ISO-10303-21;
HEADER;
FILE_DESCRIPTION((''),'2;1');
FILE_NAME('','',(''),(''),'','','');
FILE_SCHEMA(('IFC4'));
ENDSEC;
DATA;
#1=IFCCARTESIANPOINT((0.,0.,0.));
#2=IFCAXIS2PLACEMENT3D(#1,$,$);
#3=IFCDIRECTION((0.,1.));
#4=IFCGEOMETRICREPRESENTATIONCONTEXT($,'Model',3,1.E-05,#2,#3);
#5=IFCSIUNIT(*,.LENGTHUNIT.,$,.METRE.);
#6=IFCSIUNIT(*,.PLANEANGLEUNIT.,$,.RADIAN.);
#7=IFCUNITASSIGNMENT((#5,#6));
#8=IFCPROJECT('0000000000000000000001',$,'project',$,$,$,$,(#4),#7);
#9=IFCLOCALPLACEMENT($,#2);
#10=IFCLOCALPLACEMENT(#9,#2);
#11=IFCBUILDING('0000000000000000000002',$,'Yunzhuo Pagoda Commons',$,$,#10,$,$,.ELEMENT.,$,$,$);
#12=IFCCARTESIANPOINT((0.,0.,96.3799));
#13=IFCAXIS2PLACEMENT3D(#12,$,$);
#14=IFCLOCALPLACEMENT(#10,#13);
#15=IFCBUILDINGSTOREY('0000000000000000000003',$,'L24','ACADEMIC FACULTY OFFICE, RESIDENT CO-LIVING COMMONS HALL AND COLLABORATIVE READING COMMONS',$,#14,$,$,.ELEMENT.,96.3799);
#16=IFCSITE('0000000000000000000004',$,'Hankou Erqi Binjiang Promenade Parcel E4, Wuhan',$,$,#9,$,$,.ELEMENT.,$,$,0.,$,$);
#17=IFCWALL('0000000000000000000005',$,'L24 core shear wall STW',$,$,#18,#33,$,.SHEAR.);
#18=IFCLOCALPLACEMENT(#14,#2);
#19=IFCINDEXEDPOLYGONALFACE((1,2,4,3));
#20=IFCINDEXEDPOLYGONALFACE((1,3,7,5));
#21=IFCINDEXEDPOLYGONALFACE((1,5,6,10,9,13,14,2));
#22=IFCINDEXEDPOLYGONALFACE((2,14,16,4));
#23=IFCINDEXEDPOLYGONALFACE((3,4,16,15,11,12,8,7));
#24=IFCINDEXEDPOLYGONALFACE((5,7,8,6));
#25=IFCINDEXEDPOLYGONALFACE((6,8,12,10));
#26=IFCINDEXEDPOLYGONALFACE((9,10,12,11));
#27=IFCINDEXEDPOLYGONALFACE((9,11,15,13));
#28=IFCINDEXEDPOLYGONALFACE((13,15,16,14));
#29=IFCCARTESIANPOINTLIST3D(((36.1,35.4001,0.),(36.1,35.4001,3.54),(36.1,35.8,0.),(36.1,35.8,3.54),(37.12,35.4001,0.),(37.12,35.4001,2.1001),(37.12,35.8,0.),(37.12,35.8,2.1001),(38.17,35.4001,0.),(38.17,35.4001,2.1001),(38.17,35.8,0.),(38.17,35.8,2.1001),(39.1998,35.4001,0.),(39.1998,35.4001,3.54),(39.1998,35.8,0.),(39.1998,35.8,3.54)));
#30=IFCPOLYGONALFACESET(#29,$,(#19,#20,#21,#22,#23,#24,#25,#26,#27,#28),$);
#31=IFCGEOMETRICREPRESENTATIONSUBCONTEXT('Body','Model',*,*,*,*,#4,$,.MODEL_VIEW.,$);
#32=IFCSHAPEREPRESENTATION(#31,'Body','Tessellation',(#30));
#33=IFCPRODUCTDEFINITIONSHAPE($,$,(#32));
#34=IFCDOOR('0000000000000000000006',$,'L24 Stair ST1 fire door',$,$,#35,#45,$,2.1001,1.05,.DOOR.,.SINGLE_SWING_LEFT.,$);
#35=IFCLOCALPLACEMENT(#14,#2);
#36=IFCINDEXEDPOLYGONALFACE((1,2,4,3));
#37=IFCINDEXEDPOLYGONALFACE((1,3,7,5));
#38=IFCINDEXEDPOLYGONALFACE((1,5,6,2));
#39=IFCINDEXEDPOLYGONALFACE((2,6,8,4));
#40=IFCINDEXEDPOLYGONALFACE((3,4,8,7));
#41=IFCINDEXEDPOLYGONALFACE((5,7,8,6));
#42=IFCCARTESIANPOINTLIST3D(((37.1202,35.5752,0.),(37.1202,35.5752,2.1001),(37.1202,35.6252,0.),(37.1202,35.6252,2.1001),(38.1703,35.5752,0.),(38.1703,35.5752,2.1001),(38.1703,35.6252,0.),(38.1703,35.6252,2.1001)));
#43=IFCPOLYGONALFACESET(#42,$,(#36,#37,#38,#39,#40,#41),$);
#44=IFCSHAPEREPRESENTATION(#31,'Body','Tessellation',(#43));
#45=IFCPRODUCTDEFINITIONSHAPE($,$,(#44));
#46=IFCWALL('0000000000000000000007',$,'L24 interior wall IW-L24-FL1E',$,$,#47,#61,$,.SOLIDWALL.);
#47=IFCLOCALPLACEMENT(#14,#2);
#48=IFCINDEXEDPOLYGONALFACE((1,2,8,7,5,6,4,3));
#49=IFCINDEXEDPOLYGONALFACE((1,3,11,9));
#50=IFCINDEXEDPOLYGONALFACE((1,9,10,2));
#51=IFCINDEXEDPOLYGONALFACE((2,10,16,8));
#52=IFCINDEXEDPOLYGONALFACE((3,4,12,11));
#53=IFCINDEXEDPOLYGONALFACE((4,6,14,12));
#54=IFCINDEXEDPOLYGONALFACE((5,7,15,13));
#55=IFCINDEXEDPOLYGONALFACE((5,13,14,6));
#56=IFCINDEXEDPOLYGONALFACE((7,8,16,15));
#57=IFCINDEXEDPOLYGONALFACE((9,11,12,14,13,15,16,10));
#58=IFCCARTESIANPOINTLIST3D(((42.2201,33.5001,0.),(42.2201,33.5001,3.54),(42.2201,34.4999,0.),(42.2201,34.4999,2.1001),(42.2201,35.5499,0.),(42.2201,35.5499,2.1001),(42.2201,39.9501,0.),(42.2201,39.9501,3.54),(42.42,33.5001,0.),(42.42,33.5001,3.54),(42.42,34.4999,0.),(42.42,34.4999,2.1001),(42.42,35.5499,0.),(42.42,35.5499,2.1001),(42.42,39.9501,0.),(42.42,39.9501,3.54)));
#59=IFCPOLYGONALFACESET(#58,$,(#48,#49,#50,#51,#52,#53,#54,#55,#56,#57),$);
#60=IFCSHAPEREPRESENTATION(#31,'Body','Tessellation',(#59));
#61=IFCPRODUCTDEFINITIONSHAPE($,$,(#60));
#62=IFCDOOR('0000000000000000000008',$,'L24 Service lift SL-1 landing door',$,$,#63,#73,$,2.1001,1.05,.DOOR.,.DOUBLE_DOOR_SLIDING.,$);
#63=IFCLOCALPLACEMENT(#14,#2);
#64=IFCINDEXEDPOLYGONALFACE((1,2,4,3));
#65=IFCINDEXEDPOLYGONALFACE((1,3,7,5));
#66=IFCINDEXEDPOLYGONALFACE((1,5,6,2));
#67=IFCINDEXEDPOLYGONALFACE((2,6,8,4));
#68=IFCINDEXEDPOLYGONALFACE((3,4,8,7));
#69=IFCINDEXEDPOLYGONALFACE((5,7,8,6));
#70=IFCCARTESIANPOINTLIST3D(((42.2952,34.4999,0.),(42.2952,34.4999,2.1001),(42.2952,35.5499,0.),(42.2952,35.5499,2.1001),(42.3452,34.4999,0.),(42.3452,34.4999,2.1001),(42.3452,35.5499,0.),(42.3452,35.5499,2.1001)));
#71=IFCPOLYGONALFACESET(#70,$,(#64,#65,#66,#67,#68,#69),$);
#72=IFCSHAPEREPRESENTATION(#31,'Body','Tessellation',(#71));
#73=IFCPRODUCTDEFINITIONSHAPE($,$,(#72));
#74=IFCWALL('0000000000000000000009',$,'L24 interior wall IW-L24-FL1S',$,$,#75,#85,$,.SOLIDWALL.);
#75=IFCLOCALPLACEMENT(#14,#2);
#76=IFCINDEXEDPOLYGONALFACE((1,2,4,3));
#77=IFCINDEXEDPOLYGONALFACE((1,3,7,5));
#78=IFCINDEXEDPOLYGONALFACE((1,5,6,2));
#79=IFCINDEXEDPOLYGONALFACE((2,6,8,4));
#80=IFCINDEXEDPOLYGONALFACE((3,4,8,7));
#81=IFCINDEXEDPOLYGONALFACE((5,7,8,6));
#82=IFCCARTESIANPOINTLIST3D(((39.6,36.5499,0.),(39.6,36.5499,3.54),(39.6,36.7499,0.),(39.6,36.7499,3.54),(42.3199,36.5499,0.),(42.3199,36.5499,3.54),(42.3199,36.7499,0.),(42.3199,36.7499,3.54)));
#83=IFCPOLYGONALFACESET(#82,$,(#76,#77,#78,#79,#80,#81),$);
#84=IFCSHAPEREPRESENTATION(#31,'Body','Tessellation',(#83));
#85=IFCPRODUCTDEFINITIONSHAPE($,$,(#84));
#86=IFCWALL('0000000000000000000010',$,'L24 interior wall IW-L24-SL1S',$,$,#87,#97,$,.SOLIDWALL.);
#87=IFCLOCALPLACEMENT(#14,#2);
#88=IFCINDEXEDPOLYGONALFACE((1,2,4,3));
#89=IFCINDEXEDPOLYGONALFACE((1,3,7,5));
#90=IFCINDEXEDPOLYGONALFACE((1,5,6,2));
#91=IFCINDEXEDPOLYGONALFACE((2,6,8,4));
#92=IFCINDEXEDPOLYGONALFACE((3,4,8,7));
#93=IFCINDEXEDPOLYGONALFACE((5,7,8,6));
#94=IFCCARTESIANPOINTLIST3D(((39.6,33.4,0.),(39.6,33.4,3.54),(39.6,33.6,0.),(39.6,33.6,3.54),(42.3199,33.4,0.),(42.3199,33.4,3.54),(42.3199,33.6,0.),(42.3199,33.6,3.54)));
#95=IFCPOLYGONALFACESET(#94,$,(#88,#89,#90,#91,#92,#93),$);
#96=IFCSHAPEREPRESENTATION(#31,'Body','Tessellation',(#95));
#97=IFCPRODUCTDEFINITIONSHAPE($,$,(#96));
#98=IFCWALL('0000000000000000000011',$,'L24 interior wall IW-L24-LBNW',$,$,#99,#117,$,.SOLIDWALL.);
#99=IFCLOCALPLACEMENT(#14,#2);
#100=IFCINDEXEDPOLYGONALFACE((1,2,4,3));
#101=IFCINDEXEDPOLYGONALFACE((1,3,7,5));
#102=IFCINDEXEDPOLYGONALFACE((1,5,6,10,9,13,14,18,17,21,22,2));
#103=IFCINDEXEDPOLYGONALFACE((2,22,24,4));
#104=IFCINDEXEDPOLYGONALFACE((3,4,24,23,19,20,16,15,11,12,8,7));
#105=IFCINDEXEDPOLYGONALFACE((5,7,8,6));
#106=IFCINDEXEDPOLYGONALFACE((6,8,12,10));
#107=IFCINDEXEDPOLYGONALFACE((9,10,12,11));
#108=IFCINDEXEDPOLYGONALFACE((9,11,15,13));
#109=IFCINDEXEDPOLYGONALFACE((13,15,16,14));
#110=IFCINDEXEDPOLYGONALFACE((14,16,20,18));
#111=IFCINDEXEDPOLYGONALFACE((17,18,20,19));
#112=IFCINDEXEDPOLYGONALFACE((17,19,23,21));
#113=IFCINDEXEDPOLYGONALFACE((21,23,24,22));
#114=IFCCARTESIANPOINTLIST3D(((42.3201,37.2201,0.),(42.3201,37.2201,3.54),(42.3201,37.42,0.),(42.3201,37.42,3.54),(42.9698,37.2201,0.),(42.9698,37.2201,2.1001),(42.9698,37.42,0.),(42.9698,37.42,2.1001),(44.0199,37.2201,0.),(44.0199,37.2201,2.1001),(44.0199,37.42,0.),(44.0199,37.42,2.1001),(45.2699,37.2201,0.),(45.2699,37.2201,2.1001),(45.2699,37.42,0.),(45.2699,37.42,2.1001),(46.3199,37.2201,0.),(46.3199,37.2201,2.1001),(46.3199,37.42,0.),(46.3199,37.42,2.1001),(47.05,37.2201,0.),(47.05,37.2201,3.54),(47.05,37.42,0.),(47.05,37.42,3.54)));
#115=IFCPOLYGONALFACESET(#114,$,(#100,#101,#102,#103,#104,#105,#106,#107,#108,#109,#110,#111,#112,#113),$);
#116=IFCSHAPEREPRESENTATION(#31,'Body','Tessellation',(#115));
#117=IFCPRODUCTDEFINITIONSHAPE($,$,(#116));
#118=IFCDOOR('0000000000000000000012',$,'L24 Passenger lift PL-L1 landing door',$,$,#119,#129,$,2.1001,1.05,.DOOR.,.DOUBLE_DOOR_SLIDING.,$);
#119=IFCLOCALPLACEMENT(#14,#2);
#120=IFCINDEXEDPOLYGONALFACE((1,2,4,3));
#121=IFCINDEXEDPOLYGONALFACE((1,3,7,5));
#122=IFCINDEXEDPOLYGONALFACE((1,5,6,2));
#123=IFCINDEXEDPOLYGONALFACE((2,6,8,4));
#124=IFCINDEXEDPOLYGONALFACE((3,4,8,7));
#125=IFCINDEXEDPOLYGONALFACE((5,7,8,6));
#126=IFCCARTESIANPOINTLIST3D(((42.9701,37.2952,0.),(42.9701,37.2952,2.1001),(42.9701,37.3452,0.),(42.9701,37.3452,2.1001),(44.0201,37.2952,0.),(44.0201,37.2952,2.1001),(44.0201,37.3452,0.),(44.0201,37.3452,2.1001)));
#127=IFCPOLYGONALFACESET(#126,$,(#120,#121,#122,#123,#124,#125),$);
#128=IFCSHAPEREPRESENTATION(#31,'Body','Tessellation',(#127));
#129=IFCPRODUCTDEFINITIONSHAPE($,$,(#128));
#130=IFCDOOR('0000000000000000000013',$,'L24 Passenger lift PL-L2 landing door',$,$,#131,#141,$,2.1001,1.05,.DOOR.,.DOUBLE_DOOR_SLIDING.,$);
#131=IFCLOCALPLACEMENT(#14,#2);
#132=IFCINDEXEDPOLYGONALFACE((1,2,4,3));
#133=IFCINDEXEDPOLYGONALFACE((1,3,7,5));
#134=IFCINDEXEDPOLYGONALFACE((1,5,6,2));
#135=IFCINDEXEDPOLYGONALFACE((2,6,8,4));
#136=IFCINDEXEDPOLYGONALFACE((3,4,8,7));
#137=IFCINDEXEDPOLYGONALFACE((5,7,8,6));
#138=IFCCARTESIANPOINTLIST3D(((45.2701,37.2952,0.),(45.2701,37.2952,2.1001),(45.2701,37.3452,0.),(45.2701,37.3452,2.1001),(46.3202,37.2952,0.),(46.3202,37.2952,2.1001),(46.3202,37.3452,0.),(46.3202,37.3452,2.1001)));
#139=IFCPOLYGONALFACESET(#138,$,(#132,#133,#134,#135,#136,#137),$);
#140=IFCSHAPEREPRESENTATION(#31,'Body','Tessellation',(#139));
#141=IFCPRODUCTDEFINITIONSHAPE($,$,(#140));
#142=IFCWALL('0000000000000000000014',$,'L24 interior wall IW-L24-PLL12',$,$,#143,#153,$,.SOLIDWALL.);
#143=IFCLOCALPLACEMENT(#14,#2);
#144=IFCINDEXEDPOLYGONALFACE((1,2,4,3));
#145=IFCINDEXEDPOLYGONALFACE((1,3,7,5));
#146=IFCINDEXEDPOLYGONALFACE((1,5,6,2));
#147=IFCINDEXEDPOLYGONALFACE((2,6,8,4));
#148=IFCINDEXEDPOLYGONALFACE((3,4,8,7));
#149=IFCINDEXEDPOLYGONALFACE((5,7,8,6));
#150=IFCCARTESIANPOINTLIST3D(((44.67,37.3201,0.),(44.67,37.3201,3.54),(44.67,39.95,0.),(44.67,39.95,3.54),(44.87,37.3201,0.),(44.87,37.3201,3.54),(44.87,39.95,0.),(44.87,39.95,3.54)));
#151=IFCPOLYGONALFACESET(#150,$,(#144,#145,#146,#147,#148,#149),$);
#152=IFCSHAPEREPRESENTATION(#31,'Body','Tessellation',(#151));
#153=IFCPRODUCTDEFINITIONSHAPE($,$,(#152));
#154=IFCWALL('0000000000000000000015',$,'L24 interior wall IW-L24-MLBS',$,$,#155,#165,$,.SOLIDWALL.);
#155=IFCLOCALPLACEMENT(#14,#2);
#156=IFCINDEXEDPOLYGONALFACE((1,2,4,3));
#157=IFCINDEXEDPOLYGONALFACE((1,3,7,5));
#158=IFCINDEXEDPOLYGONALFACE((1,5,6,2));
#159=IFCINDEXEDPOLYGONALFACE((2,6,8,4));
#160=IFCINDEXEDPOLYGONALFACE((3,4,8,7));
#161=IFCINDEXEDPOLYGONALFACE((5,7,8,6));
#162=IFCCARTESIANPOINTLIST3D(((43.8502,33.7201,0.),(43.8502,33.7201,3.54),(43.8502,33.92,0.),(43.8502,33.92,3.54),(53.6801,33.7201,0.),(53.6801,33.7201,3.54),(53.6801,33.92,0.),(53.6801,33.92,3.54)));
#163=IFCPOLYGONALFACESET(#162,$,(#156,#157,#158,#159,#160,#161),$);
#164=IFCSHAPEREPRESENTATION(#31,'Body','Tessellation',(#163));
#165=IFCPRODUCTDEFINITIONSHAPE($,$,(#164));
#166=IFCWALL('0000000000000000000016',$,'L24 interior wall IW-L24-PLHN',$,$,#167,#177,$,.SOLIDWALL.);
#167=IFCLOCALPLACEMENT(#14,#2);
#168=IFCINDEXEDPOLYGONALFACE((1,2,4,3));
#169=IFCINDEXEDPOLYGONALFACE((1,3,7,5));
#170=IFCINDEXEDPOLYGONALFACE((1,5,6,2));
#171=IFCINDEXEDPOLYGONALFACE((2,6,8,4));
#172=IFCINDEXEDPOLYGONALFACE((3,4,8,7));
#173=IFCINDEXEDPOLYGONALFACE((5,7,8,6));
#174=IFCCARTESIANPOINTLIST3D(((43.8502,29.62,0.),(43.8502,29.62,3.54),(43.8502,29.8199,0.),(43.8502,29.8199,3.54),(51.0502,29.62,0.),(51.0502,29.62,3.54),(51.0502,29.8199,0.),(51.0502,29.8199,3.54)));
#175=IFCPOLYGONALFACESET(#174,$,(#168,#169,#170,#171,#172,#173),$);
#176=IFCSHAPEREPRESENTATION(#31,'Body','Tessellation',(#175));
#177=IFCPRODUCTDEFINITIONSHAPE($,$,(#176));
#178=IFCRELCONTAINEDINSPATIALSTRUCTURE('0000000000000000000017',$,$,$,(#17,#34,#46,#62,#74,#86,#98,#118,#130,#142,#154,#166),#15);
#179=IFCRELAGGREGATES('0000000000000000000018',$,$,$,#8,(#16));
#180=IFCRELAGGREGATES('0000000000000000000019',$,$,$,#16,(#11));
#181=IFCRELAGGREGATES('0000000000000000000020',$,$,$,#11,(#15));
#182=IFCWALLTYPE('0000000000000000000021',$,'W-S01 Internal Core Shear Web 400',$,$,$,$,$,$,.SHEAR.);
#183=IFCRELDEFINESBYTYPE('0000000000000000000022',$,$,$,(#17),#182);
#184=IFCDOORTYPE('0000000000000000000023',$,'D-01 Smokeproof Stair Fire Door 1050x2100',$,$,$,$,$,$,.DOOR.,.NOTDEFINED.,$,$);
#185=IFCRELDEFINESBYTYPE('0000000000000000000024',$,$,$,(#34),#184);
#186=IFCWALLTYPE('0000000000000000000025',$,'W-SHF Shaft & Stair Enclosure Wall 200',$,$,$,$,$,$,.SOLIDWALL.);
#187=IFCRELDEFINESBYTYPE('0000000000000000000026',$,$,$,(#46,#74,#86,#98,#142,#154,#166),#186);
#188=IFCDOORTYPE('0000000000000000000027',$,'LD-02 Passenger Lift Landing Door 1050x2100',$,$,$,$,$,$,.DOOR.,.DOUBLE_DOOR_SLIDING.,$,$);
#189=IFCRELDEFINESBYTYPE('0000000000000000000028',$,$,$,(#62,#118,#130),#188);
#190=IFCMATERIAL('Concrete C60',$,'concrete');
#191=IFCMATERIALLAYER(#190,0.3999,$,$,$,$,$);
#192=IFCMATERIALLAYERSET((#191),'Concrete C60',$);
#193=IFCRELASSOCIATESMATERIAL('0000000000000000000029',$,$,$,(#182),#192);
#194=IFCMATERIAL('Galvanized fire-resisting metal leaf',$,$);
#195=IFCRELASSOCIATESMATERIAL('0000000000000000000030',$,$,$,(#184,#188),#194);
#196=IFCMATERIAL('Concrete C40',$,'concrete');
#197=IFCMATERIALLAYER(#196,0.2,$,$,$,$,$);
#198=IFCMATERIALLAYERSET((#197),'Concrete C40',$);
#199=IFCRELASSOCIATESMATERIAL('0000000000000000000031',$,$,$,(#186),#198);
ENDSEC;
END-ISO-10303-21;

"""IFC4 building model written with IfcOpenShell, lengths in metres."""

from ifc_helpers import new_model, si_unit, direction, frame, frame_2d, origin, origin_with_axes, place, context, subcontext, project, spatial, rectangle, extrude, source, transform, mapped, material, layer, layer_set, type_object, element, fill, save


model = new_model("IFC4")

# Units and contexts
model_context = context("Model", 3, precision=1e-05, world=origin(), true_north=direction((0.0, 1.0)))
body_context = subcontext(model_context, "Body", "Model", "MODEL_VIEW")
ifc_project = project(units=[si_unit("LENGTHUNIT", "METRE"), si_unit("PLANEANGLEUNIT", "RADIAN")], contexts=[model_context])

# Site, building, storey
site_placement = place(None, origin())
site = spatial("IfcSite", under=ifc_project, at=site_placement, Name="Hankou Erqi Binjiang Promenade Parcel E4, Wuhan", CompositionType="ELEMENT", RefElevation=0.0)
building_placement = place(site_placement, origin())
building = spatial("IfcBuilding", under=site, at=building_placement, Name="Yunzhuo Pagoda Commons", CompositionType="ELEMENT")
storey_placement = place(building_placement, frame((0.0, 0.0, 96.3799)))
storey = spatial("IfcBuildingStorey", under=building, at=storey_placement, Name="L24", Description="ACADEMIC FACULTY OFFICE, RESIDENT CO-LIVING COMMONS HALL AND COLLABORATIVE READING COMMONS", CompositionType="ELEMENT", Elevation=96.3799)

# Walls, openings, doors
ifc_material_1 = material(Name="Concrete C60", Category="concrete")
ifc_layer_1 = layer(ifc_material_1, 0.3999)
ifc_layer_set_1 = layer_set([ifc_layer_1], Name="Concrete C60")
wall_type_1 = type_object("IfcWallType", Name="W-S01 Internal Core Shear Web 400", PredefinedType="SHEAR", material=ifc_layer_set_1)
wall_1_placement = place(storey_placement, frame((36.1001, 35.6001, 0.0), z_axis=(0.0, 0.0, 1.0), x_axis=(1.0, 0.0, 0.0)))
wall_1 = element("IfcWall", 1, at=wall_1_placement, inside=storey, type_object=wall_type_1, Name="L24 core shear wall STW", PredefinedType="SHEAR", context=body_context, shape_type="SweptSolid", body=[
    extrude(rectangle(XDim=3.0999, YDim=0.3999, at=frame_2d((1.5498, 0.0))), origin(), (0.0, 0.0, 1.0), 3.54),
])
opening_1_placement = place(wall_1_placement, frame((1.02, 0.0, 0.0)))
opening_1 = element("IfcOpeningElement", 2, at=opening_1_placement, cuts=wall_1, PredefinedType="OPENING", context=body_context, shape_type="SweptSolid", body=[
    extrude(rectangle(XDim=1.05, YDim=2.1001, at=frame_2d((0.5249, 1.05))), frame((0.0, 0.21, 0.0), z_axis=(0.0, -1.0, 0.0), x_axis=(1.0, 0.0, 0.0)), (0.0, 0.0, 1.0), 0.4199),
])
ifc_material_2 = material(Name="Galvanized fire-resisting metal leaf")
door_type_1 = type_object("IfcDoorType", Name="D-01 Smokeproof Stair Fire Door 1050x2100", OperationType="NOTDEFINED", PredefinedType="DOOR", material=ifc_material_2)
shared_shape_1 = source(origin(), body_context, "Body", "SweptSolid", [
    extrude(rectangle(XDim=1.05, YDim=2.1001, at=frame_2d((0.5249, 1.05))), frame((0.0, 0.0249, 0.0), z_axis=(0.0, -1.0, 0.0), x_axis=(1.0, 0.0, 0.0)), (0.0, 0.0, 1.0), 0.05),
])
door_1_placement = place(opening_1_placement, frame((1.05, 0.0, 0.0), z_axis=(0.0, 0.0, 1.0), x_axis=(-1.0, 0.0, 0.0)))
door_1 = element("IfcDoor", 3, at=door_1_placement, inside=storey, type_object=door_type_1, Name="L24 Stair ST1 fire door", OperationType="SINGLE_SWING_LEFT", OverallHeight=2.1001, OverallWidth=1.05, PredefinedType="DOOR", context=body_context, shape_type="MappedRepresentation", body=[
    mapped(shared_shape_1, transform((0.0, 0.0, 0.0), scale=1.0)),
])
fill(opening_1, door_1)
ifc_material_3 = material(Name="Concrete C40", Category="concrete")
ifc_layer_2 = layer(ifc_material_3, 0.2)
ifc_layer_set_2 = layer_set([ifc_layer_2], Name="Concrete C40")
wall_type_2 = type_object("IfcWallType", Name="W-SHF Shaft & Stair Enclosure Wall 200", PredefinedType="SOLIDWALL", material=ifc_layer_set_2)
wall_2_placement = place(storey_placement, frame((42.3201, 33.5, 0.0), z_axis=(0.0, 0.0, 1.0), x_axis=(0.0, 1.0, 0.0)))
wall_2 = element("IfcWall", 4, at=wall_2_placement, inside=storey, type_object=wall_type_2, Name="L24 interior wall IW-L24-FL1E", PredefinedType="SOLIDWALL", context=body_context, shape_type="SweptSolid", body=[
    extrude(rectangle(XDim=6.45, YDim=0.2, at=frame_2d((3.2251, 0.0))), origin(), (0.0, 0.0, 1.0), 3.54),
])
opening_2_placement = place(wall_2_placement, frame((1.0, 0.0, 0.0)))
opening_2 = element("IfcOpeningElement", 5, at=opening_2_placement, cuts=wall_2, PredefinedType="OPENING", context=body_context, shape_type="SweptSolid", body=[
    extrude(rectangle(XDim=1.05, YDim=2.1001, at=frame_2d((0.5249, 1.05))), frame((0.0, 0.1099, 0.0), z_axis=(0.0, -1.0, 0.0), x_axis=(1.0, 0.0, 0.0)), (0.0, 0.0, 1.0), 0.22),
])
door_type_2 = type_object("IfcDoorType", Name="LD-02 Passenger Lift Landing Door 1050x2100", OperationType="DOUBLE_DOOR_SLIDING", PredefinedType="DOOR", material=ifc_material_2)
door_2_placement = place(opening_2_placement, origin_with_axes())
door_2 = element("IfcDoor", 6, at=door_2_placement, inside=storey, type_object=door_type_2, Name="L24 Service lift SL-1 landing door", OperationType="DOUBLE_DOOR_SLIDING", OverallHeight=2.1001, OverallWidth=1.05, PredefinedType="DOOR", context=body_context, shape_type="MappedRepresentation", body=[
    mapped(shared_shape_1, transform((0.0, 0.0, 0.0), scale=1.0)),
])
fill(opening_2, door_2)

# Walls
for number, where, z_axis, x_axis, name in (
    (7, (39.6001, 36.6499, 0.0), (0.0, 0.0, 1.0), (1.0, 0.0, 0.0), "L24 interior wall IW-L24-FL1S"),
    (8, (39.6001, 33.5, 0.0), (0.0, 0.0, 1.0), (1.0, 0.0, 0.0), "L24 interior wall IW-L24-SL1S"),
):
    element("IfcWall", number, at=place(storey_placement, frame(where, z_axis=z_axis, x_axis=x_axis)), inside=storey, type_object=wall_type_2, Name=name, PredefinedType="SOLIDWALL", context=body_context, shape_type="SweptSolid", body=[
        extrude(rectangle(XDim=2.72, YDim=0.2, at=frame_2d((1.3599, 0.0))), origin(), (0.0, 0.0, 1.0), 3.54),
    ])

# Wall, openings, doors
wall_3_placement = place(storey_placement, frame((42.3201, 37.3201, 0.0), z_axis=(0.0, 0.0, 1.0), x_axis=(1.0, 0.0, 0.0)))
wall_3 = element("IfcWall", 9, at=wall_3_placement, inside=storey, type_object=wall_type_2, Name="L24 interior wall IW-L24-LBNW", PredefinedType="SOLIDWALL", context=body_context, shape_type="SweptSolid", body=[
    extrude(rectangle(XDim=4.73, YDim=0.2, at=frame_2d((2.365, 0.0))), origin(), (0.0, 0.0, 1.0), 3.54),
])
opening_3_placement = place(wall_3_placement, frame((0.6499, 0.0, 0.0)))
opening_3 = element("IfcOpeningElement", 10, at=opening_3_placement, cuts=wall_3, PredefinedType="OPENING", context=body_context, shape_type="SweptSolid", body=[
    extrude(rectangle(XDim=1.05, YDim=2.1001, at=frame_2d((0.5249, 1.05))), frame((0.0, 0.1099, 0.0), z_axis=(0.0, -1.0, 0.0), x_axis=(1.0, 0.0, 0.0)), (0.0, 0.0, 1.0), 0.22),
])
opening_4_placement = place(wall_3_placement, frame((2.95, 0.0, 0.0)))
opening_4 = element("IfcOpeningElement", 11, at=opening_4_placement, cuts=wall_3, PredefinedType="OPENING", context=body_context, shape_type="SweptSolid", body=[
    extrude(rectangle(XDim=1.05, YDim=2.1001, at=frame_2d((0.5249, 1.05))), frame((0.0, 0.1099, 0.0), z_axis=(0.0, -1.0, 0.0), x_axis=(1.0, 0.0, 0.0)), (0.0, 0.0, 1.0), 0.22),
])
door_3_placement = place(opening_3_placement, frame((1.05, 0.0, 0.0), z_axis=(0.0, 0.0, 1.0), x_axis=(-1.0, 0.0, 0.0)))
door_3 = element("IfcDoor", 12, at=door_3_placement, inside=storey, type_object=door_type_2, Name="L24 Passenger lift PL-L1 landing door", OperationType="DOUBLE_DOOR_SLIDING", OverallHeight=2.1001, OverallWidth=1.05, PredefinedType="DOOR", context=body_context, shape_type="MappedRepresentation", body=[
    mapped(shared_shape_1, transform((0.0, 0.0, 0.0), scale=1.0)),
])
fill(opening_3, door_3)
door_4_placement = place(opening_4_placement, frame((1.05, 0.0, 0.0), z_axis=(0.0, 0.0, 1.0), x_axis=(-1.0, 0.0, 0.0)))
door_4 = element("IfcDoor", 13, at=door_4_placement, inside=storey, type_object=door_type_2, Name="L24 Passenger lift PL-L2 landing door", OperationType="DOUBLE_DOOR_SLIDING", OverallHeight=2.1001, OverallWidth=1.05, PredefinedType="DOOR", context=body_context, shape_type="MappedRepresentation", body=[
    mapped(shared_shape_1, transform((0.0, 0.0, 0.0), scale=1.0)),
])
fill(opening_4, door_4)

# Walls
wall_4_placement = place(storey_placement, frame((44.77, 37.3201, 0.0), z_axis=(0.0, 0.0, 1.0), x_axis=(0.0, 1.0, 0.0)))
element("IfcWall", 14, at=wall_4_placement, inside=storey, type_object=wall_type_2, Name="L24 interior wall IW-L24-PLL12", PredefinedType="SOLIDWALL", context=body_context, shape_type="SweptSolid", body=[
    extrude(rectangle(XDim=2.6299, YDim=0.2, at=frame_2d((1.3149, 0.0))), origin(), (0.0, 0.0, 1.0), 3.54),
])
wall_5_placement = place(storey_placement, frame((43.8501, 33.8201, 0.0), z_axis=(0.0, 0.0, 1.0), x_axis=(1.0, 0.0, 0.0)))
element("IfcWall", 15, at=wall_5_placement, inside=storey, type_object=wall_type_2, Name="L24 interior wall IW-L24-MLBS", PredefinedType="SOLIDWALL", context=body_context, shape_type="SweptSolid", body=[
    extrude(rectangle(XDim=9.8298, YDim=0.2, at=frame_2d((4.915, 0.0))), origin(), (0.0, 0.0, 1.0), 3.54),
])
wall_6_placement = place(storey_placement, frame((43.8501, 29.72, 0.0), z_axis=(0.0, 0.0, 1.0), x_axis=(1.0, 0.0, 0.0)))
element("IfcWall", 16, at=wall_6_placement, inside=storey, type_object=wall_type_2, Name="L24 interior wall IW-L24-PLHN", PredefinedType="SOLIDWALL", context=body_context, shape_type="SweptSolid", body=[
    extrude(rectangle(XDim=7.2, YDim=0.2, at=frame_2d((3.6001, 0.0))), origin(), (0.0, 0.0, 1.0), 3.54),
])

save(model, "model.ifc")
